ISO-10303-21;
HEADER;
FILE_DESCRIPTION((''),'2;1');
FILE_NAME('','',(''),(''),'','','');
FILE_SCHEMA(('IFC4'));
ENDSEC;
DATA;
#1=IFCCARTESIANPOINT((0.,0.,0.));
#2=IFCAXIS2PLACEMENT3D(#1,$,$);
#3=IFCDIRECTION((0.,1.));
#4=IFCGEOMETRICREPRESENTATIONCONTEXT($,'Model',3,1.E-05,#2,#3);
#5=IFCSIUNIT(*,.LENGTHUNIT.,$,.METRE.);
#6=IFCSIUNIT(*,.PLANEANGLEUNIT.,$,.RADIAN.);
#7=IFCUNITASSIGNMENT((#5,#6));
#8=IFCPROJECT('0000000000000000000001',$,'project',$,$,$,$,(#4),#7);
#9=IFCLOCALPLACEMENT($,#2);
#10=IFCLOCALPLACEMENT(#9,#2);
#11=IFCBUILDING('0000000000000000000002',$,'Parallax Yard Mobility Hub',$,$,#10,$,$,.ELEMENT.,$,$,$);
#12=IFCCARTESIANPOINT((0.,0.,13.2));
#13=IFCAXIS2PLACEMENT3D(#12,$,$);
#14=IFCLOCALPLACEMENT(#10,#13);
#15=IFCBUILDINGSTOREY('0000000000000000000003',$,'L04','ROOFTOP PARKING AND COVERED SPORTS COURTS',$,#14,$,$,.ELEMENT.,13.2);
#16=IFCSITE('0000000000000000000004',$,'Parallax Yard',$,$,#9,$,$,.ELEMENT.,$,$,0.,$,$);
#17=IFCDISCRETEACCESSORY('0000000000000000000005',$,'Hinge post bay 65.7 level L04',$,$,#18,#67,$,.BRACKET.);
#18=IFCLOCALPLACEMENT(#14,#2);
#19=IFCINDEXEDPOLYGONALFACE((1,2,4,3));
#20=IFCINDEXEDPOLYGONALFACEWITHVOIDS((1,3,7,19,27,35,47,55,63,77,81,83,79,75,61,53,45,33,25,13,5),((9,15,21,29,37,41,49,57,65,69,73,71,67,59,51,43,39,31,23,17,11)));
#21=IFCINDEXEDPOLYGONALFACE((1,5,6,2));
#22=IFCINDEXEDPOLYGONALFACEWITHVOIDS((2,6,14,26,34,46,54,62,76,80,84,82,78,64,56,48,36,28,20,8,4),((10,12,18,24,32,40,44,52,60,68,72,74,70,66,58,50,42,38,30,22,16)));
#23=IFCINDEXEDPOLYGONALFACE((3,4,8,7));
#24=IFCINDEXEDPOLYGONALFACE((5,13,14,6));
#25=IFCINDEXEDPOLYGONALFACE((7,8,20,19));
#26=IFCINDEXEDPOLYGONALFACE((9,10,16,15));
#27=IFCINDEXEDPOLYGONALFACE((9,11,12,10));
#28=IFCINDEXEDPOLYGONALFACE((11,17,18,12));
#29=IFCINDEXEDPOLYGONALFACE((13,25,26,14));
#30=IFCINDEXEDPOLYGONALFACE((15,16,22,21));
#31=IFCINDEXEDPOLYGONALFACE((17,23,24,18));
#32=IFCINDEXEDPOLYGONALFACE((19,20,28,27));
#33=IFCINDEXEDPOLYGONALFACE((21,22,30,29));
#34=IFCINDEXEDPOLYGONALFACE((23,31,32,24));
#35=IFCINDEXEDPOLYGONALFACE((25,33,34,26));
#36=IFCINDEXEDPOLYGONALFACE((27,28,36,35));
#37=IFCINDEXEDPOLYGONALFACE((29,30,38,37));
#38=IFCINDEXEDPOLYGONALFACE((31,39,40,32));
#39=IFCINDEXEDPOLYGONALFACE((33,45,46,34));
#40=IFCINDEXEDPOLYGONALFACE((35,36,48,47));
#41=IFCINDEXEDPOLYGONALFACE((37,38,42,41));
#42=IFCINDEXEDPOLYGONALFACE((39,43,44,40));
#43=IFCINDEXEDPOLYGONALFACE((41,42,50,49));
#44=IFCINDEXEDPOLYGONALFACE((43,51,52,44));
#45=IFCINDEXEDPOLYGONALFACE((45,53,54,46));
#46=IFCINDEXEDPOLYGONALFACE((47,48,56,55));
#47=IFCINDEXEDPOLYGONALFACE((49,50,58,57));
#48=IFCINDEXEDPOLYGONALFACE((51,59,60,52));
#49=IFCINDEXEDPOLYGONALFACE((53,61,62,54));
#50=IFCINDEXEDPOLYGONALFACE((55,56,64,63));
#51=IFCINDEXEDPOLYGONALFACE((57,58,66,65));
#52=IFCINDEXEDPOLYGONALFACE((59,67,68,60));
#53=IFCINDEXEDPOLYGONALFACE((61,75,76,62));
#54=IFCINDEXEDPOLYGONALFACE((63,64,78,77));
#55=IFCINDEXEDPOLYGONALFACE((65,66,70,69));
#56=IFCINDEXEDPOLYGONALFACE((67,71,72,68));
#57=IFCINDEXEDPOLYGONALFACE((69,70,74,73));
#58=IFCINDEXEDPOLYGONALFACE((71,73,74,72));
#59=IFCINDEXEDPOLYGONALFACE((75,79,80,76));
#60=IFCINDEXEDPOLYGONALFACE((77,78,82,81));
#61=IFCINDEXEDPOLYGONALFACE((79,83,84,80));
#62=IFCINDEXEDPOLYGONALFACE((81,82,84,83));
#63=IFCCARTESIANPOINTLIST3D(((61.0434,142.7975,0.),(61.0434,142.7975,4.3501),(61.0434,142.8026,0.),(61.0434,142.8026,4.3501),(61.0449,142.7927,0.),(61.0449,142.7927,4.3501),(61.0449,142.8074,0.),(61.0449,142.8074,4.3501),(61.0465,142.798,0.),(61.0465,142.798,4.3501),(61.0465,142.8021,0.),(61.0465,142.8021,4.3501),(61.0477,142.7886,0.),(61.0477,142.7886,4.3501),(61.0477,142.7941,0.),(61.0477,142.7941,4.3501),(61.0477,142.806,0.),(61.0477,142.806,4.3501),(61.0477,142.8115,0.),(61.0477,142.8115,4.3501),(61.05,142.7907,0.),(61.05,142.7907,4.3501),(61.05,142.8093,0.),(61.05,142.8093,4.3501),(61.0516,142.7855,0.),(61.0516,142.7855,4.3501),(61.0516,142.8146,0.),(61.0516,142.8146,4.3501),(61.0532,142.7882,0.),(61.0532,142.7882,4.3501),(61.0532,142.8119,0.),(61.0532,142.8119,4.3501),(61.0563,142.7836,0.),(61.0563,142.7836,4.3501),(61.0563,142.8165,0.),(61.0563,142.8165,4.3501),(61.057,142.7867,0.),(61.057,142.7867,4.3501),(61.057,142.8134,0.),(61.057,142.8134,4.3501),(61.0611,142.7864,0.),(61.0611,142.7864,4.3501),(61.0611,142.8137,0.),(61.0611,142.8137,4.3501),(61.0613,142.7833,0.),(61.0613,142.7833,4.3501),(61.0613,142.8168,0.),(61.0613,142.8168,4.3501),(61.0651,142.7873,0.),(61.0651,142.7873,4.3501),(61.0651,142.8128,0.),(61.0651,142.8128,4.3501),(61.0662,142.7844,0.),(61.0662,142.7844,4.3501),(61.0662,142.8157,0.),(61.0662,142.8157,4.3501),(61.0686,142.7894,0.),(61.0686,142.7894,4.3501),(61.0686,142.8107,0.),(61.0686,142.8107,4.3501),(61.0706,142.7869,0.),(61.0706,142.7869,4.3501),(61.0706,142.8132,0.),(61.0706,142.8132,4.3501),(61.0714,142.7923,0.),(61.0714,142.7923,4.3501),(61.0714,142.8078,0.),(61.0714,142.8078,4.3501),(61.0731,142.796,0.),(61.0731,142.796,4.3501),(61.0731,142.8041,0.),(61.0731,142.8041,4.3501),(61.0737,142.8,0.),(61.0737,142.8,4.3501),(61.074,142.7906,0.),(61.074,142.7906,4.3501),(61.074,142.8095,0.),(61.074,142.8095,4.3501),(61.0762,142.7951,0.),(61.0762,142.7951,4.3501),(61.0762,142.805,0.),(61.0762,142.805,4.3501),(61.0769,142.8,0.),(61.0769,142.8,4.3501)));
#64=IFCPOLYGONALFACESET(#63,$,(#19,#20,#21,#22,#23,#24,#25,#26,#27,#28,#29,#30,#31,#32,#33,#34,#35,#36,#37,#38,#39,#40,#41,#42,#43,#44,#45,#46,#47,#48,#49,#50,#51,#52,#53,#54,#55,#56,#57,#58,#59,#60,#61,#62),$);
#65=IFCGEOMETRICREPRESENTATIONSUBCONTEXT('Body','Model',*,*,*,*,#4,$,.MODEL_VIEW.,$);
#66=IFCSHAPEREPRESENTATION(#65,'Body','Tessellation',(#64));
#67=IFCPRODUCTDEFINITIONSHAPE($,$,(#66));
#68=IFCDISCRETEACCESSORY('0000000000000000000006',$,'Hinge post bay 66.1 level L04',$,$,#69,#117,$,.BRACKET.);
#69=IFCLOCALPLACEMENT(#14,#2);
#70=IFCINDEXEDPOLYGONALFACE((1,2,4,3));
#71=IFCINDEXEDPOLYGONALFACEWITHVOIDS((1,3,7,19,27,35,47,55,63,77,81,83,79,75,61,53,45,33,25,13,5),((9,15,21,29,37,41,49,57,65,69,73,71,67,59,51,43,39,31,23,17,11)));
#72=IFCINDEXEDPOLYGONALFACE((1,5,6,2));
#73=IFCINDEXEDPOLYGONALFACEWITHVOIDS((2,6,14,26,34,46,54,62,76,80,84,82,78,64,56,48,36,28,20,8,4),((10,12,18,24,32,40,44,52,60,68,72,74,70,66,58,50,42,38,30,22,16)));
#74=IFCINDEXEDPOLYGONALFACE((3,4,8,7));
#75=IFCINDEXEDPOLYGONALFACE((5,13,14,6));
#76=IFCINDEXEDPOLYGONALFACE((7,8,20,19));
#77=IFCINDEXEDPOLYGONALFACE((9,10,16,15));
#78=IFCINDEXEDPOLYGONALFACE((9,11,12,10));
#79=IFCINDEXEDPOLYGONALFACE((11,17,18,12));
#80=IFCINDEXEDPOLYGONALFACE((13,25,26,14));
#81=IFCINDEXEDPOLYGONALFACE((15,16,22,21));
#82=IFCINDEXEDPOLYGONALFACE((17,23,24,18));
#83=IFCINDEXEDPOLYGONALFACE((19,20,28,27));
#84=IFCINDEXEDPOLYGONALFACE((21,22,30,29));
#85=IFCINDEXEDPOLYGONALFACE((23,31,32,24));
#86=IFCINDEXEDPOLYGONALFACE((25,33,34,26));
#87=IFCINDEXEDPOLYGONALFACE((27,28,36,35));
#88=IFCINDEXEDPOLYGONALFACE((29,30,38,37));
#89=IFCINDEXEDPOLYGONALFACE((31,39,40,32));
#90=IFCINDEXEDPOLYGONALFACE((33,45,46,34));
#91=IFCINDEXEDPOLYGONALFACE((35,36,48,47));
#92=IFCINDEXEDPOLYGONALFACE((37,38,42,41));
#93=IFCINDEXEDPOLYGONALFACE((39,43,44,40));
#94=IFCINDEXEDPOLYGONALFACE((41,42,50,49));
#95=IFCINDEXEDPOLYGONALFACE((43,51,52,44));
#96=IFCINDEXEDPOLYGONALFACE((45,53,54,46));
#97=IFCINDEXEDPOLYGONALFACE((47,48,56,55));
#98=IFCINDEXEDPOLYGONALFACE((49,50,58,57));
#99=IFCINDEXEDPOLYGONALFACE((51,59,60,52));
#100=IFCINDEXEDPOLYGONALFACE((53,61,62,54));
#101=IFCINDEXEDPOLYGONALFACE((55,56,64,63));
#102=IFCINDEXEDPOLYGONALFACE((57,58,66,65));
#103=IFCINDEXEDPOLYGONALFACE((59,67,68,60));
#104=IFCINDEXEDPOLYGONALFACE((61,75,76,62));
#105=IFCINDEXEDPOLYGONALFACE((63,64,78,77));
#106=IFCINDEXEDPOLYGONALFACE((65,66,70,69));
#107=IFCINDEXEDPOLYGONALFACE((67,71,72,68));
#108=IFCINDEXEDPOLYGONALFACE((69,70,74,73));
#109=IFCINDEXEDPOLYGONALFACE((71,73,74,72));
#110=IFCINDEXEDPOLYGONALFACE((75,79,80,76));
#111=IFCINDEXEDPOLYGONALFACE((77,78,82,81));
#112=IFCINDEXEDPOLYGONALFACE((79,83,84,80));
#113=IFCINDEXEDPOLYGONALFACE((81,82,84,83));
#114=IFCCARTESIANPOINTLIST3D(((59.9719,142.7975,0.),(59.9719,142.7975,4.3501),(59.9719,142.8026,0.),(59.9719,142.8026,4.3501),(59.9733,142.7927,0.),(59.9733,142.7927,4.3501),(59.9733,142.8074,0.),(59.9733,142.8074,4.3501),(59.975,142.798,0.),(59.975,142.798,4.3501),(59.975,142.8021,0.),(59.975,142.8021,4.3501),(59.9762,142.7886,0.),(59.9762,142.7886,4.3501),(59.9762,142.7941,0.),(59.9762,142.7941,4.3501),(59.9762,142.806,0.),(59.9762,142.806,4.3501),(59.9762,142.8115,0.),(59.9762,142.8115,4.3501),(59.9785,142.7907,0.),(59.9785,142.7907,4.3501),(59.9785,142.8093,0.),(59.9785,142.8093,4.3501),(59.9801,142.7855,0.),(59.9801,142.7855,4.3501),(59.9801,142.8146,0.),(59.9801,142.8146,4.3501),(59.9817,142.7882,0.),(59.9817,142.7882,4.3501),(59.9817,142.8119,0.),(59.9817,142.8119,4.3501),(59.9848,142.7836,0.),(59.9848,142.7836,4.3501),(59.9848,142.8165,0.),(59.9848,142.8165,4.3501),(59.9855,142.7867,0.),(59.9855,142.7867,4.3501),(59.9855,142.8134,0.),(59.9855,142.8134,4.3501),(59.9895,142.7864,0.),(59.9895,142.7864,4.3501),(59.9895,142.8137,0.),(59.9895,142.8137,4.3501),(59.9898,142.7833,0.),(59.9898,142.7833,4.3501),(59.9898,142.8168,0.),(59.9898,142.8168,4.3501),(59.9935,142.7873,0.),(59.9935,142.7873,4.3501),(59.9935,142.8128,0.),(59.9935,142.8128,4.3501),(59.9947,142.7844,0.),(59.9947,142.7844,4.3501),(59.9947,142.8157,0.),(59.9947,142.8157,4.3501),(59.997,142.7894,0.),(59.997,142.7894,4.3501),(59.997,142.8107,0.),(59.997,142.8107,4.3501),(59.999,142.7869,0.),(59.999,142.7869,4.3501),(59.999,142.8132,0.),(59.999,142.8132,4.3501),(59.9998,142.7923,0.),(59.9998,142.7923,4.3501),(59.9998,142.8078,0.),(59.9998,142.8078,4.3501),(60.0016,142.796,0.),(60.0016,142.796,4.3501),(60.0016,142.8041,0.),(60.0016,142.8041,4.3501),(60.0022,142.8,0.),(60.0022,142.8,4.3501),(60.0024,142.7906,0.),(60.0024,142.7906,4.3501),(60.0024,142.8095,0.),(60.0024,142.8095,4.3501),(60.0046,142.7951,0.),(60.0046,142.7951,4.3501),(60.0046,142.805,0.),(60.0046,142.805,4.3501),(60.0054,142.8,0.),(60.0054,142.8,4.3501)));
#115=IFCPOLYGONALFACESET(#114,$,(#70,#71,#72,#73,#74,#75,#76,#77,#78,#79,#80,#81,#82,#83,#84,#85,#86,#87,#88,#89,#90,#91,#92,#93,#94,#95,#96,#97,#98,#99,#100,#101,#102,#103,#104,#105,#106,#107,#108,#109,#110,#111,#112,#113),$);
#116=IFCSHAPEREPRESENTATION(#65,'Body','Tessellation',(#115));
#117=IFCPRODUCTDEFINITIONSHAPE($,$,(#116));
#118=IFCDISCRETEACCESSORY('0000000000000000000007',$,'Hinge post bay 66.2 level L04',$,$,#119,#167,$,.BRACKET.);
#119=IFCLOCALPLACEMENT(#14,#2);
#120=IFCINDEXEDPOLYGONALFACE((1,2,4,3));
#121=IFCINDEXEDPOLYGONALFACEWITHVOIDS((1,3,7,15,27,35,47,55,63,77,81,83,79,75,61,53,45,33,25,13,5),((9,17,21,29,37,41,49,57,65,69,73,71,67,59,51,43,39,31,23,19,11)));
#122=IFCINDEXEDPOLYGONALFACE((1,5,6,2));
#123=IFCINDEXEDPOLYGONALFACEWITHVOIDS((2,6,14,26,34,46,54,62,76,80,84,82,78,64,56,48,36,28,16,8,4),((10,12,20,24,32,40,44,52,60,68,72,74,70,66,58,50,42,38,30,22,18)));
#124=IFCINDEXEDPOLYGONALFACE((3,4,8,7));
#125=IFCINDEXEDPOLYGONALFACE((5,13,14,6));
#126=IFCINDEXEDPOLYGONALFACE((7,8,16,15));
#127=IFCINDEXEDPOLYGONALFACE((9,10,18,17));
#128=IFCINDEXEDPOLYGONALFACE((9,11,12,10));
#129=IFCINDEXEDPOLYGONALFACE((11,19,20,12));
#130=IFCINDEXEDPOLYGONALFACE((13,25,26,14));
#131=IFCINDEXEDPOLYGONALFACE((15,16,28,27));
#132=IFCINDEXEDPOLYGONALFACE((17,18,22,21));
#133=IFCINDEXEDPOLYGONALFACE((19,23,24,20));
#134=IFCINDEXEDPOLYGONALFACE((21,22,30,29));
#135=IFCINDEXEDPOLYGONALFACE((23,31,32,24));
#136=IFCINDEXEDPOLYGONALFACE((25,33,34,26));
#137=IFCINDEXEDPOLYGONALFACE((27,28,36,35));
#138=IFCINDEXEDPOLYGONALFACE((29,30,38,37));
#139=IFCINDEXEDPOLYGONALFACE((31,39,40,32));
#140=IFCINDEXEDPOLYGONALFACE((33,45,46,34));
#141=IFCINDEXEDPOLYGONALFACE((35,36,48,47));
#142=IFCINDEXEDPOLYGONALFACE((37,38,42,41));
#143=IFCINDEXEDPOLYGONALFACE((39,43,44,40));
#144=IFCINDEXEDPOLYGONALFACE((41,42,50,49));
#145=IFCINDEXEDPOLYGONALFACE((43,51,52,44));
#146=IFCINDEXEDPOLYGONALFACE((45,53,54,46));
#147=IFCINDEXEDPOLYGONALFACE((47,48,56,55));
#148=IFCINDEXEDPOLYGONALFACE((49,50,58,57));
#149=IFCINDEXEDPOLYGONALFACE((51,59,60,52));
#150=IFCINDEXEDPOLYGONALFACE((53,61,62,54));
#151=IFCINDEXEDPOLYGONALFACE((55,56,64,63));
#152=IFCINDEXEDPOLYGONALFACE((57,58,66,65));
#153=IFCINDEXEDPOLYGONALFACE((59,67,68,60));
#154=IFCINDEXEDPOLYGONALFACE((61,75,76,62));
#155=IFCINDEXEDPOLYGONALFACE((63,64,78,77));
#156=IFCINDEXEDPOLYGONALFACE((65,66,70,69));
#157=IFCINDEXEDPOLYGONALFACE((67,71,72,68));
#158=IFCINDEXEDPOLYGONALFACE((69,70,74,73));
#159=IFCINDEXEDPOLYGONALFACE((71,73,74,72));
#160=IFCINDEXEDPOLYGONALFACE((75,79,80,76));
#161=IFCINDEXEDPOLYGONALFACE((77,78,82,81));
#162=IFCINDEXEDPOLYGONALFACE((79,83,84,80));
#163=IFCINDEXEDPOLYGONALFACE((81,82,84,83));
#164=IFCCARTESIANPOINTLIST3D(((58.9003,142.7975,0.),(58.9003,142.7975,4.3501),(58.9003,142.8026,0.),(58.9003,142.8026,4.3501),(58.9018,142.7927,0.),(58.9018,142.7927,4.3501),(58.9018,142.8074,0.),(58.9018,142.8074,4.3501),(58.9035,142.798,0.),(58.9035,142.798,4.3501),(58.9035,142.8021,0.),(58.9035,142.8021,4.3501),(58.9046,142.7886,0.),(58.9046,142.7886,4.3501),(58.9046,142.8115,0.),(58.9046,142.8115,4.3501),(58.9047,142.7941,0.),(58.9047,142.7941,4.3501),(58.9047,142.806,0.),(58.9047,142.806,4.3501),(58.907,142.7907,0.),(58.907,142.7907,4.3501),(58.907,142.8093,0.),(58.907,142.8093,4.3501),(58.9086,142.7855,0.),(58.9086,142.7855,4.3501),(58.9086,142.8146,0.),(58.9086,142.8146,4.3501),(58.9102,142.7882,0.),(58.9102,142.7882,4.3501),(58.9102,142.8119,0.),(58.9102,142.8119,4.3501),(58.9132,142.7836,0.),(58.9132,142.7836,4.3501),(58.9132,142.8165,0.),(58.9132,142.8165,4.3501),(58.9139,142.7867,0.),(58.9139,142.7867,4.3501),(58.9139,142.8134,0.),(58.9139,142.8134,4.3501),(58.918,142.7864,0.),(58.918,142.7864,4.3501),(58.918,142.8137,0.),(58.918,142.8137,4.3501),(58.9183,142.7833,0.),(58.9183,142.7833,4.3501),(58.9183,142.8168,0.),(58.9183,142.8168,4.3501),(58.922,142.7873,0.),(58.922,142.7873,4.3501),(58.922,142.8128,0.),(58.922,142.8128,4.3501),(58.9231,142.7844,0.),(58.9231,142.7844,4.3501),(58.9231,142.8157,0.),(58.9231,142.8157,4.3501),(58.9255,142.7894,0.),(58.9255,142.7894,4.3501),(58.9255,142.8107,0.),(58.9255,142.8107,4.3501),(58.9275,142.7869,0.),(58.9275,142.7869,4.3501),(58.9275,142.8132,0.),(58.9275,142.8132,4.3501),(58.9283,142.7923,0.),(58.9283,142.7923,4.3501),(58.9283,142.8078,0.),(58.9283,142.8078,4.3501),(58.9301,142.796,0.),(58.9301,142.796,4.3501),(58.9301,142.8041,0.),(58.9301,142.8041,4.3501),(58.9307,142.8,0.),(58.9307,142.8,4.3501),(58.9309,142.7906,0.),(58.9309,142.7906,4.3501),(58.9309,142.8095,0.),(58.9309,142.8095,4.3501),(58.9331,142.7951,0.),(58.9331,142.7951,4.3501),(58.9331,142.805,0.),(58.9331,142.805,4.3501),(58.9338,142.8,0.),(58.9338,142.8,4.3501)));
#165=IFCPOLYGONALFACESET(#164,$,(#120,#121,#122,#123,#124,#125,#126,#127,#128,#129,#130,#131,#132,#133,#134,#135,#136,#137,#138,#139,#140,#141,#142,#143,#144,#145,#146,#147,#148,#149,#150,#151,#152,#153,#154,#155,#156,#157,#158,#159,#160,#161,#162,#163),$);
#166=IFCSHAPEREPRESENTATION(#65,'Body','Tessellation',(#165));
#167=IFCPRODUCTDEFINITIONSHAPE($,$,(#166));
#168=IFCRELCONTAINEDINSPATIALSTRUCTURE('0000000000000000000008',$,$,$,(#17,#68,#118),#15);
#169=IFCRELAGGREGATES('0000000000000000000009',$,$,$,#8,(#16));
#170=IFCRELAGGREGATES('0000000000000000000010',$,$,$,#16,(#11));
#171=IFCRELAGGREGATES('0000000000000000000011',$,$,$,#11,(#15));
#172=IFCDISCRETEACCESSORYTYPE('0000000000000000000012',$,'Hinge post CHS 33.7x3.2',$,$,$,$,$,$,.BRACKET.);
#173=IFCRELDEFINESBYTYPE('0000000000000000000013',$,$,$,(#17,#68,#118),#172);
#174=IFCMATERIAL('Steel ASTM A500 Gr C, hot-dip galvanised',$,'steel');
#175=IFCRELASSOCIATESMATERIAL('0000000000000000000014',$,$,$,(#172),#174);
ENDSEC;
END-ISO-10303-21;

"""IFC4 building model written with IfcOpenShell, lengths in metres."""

from ifc_helpers import new_model, si_unit, direction, frame, origin, origin_2d, place, context, subcontext, project, spatial, hollow_circle, extrude, material, material_profile, profile_set, type_object, element, save


model = new_model("IFC4")

# Units and contexts
model_context = context("Model", 3, precision=1e-05, world=origin(), true_north=direction((0.0, 1.0)))
body_context = subcontext(model_context, "Body", "Model", "MODEL_VIEW")
ifc_project = project(units=[si_unit("LENGTHUNIT", "METRE"), si_unit("PLANEANGLEUNIT", "RADIAN")], contexts=[model_context])

# Site, building, storey
site_placement = place(None, origin())
site = spatial("IfcSite", under=ifc_project, at=site_placement, Name="Parallax Yard", CompositionType="ELEMENT", RefElevation=0.0)
building_placement = place(site_placement, origin())
building = spatial("IfcBuilding", under=site, at=building_placement, Name="Parallax Yard Mobility Hub", CompositionType="ELEMENT")
storey_placement = place(building_placement, frame((0.0, 0.0, 13.2)))
storey = spatial("IfcBuildingStorey", under=building, at=storey_placement, Name="L04", Description="ROOFTOP PARKING AND COVERED SPORTS COURTS", CompositionType="ELEMENT", Elevation=13.2)

# Discrete accessories
ifc_material_1 = material(Name="Steel ASTM A500 Gr C, hot-dip galvanised", Category="steel")
ifc_material_profile = material_profile(ifc_material_1, hollow_circle(Radius=0.0168, WallThickness=0.0032, at=origin_2d()), Name="CHS 33.7x3.2")
ifc_profile_set = profile_set([ifc_material_profile], Name="Steel ASTM A500 Gr C, hot-dip galvanised")
discrete_accessory_type_1 = type_object("IfcDiscreteAccessoryType", Name="Hinge post CHS 33.7x3.2", PredefinedType="BRACKET", material=ifc_profile_set)
for number, where, z_axis, x_axis, name in (
    (1, (61.0601, 142.8, 0.0), (0.0, 0.0, 1.0), (1.0, 0.0, 0.0), "Hinge post bay 65.7 level L04"),
    (2, (59.9885, 142.8, 0.0), (0.0, 0.0, 1.0), (1.0, 0.0, 0.0), "Hinge post bay 66.1 level L04"),
    (3, (58.917, 142.8, 0.0), (0.0, 0.0, 1.0), (1.0, 0.0, 0.0), "Hinge post bay 66.2 level L04"),
):
    element("IfcDiscreteAccessory", number, at=place(storey_placement, frame(where, z_axis=z_axis, x_axis=x_axis)), inside=storey, type_object=discrete_accessory_type_1, Name=name, PredefinedType="BRACKET", context=body_context, shape_type="SweptSolid", body=[
        extrude(hollow_circle(Radius=0.0168, WallThickness=0.0032, at=origin_2d()), origin(), (0.0, 0.0, 1.0), 4.3501),
    ])

save(model, "model.ifc")
